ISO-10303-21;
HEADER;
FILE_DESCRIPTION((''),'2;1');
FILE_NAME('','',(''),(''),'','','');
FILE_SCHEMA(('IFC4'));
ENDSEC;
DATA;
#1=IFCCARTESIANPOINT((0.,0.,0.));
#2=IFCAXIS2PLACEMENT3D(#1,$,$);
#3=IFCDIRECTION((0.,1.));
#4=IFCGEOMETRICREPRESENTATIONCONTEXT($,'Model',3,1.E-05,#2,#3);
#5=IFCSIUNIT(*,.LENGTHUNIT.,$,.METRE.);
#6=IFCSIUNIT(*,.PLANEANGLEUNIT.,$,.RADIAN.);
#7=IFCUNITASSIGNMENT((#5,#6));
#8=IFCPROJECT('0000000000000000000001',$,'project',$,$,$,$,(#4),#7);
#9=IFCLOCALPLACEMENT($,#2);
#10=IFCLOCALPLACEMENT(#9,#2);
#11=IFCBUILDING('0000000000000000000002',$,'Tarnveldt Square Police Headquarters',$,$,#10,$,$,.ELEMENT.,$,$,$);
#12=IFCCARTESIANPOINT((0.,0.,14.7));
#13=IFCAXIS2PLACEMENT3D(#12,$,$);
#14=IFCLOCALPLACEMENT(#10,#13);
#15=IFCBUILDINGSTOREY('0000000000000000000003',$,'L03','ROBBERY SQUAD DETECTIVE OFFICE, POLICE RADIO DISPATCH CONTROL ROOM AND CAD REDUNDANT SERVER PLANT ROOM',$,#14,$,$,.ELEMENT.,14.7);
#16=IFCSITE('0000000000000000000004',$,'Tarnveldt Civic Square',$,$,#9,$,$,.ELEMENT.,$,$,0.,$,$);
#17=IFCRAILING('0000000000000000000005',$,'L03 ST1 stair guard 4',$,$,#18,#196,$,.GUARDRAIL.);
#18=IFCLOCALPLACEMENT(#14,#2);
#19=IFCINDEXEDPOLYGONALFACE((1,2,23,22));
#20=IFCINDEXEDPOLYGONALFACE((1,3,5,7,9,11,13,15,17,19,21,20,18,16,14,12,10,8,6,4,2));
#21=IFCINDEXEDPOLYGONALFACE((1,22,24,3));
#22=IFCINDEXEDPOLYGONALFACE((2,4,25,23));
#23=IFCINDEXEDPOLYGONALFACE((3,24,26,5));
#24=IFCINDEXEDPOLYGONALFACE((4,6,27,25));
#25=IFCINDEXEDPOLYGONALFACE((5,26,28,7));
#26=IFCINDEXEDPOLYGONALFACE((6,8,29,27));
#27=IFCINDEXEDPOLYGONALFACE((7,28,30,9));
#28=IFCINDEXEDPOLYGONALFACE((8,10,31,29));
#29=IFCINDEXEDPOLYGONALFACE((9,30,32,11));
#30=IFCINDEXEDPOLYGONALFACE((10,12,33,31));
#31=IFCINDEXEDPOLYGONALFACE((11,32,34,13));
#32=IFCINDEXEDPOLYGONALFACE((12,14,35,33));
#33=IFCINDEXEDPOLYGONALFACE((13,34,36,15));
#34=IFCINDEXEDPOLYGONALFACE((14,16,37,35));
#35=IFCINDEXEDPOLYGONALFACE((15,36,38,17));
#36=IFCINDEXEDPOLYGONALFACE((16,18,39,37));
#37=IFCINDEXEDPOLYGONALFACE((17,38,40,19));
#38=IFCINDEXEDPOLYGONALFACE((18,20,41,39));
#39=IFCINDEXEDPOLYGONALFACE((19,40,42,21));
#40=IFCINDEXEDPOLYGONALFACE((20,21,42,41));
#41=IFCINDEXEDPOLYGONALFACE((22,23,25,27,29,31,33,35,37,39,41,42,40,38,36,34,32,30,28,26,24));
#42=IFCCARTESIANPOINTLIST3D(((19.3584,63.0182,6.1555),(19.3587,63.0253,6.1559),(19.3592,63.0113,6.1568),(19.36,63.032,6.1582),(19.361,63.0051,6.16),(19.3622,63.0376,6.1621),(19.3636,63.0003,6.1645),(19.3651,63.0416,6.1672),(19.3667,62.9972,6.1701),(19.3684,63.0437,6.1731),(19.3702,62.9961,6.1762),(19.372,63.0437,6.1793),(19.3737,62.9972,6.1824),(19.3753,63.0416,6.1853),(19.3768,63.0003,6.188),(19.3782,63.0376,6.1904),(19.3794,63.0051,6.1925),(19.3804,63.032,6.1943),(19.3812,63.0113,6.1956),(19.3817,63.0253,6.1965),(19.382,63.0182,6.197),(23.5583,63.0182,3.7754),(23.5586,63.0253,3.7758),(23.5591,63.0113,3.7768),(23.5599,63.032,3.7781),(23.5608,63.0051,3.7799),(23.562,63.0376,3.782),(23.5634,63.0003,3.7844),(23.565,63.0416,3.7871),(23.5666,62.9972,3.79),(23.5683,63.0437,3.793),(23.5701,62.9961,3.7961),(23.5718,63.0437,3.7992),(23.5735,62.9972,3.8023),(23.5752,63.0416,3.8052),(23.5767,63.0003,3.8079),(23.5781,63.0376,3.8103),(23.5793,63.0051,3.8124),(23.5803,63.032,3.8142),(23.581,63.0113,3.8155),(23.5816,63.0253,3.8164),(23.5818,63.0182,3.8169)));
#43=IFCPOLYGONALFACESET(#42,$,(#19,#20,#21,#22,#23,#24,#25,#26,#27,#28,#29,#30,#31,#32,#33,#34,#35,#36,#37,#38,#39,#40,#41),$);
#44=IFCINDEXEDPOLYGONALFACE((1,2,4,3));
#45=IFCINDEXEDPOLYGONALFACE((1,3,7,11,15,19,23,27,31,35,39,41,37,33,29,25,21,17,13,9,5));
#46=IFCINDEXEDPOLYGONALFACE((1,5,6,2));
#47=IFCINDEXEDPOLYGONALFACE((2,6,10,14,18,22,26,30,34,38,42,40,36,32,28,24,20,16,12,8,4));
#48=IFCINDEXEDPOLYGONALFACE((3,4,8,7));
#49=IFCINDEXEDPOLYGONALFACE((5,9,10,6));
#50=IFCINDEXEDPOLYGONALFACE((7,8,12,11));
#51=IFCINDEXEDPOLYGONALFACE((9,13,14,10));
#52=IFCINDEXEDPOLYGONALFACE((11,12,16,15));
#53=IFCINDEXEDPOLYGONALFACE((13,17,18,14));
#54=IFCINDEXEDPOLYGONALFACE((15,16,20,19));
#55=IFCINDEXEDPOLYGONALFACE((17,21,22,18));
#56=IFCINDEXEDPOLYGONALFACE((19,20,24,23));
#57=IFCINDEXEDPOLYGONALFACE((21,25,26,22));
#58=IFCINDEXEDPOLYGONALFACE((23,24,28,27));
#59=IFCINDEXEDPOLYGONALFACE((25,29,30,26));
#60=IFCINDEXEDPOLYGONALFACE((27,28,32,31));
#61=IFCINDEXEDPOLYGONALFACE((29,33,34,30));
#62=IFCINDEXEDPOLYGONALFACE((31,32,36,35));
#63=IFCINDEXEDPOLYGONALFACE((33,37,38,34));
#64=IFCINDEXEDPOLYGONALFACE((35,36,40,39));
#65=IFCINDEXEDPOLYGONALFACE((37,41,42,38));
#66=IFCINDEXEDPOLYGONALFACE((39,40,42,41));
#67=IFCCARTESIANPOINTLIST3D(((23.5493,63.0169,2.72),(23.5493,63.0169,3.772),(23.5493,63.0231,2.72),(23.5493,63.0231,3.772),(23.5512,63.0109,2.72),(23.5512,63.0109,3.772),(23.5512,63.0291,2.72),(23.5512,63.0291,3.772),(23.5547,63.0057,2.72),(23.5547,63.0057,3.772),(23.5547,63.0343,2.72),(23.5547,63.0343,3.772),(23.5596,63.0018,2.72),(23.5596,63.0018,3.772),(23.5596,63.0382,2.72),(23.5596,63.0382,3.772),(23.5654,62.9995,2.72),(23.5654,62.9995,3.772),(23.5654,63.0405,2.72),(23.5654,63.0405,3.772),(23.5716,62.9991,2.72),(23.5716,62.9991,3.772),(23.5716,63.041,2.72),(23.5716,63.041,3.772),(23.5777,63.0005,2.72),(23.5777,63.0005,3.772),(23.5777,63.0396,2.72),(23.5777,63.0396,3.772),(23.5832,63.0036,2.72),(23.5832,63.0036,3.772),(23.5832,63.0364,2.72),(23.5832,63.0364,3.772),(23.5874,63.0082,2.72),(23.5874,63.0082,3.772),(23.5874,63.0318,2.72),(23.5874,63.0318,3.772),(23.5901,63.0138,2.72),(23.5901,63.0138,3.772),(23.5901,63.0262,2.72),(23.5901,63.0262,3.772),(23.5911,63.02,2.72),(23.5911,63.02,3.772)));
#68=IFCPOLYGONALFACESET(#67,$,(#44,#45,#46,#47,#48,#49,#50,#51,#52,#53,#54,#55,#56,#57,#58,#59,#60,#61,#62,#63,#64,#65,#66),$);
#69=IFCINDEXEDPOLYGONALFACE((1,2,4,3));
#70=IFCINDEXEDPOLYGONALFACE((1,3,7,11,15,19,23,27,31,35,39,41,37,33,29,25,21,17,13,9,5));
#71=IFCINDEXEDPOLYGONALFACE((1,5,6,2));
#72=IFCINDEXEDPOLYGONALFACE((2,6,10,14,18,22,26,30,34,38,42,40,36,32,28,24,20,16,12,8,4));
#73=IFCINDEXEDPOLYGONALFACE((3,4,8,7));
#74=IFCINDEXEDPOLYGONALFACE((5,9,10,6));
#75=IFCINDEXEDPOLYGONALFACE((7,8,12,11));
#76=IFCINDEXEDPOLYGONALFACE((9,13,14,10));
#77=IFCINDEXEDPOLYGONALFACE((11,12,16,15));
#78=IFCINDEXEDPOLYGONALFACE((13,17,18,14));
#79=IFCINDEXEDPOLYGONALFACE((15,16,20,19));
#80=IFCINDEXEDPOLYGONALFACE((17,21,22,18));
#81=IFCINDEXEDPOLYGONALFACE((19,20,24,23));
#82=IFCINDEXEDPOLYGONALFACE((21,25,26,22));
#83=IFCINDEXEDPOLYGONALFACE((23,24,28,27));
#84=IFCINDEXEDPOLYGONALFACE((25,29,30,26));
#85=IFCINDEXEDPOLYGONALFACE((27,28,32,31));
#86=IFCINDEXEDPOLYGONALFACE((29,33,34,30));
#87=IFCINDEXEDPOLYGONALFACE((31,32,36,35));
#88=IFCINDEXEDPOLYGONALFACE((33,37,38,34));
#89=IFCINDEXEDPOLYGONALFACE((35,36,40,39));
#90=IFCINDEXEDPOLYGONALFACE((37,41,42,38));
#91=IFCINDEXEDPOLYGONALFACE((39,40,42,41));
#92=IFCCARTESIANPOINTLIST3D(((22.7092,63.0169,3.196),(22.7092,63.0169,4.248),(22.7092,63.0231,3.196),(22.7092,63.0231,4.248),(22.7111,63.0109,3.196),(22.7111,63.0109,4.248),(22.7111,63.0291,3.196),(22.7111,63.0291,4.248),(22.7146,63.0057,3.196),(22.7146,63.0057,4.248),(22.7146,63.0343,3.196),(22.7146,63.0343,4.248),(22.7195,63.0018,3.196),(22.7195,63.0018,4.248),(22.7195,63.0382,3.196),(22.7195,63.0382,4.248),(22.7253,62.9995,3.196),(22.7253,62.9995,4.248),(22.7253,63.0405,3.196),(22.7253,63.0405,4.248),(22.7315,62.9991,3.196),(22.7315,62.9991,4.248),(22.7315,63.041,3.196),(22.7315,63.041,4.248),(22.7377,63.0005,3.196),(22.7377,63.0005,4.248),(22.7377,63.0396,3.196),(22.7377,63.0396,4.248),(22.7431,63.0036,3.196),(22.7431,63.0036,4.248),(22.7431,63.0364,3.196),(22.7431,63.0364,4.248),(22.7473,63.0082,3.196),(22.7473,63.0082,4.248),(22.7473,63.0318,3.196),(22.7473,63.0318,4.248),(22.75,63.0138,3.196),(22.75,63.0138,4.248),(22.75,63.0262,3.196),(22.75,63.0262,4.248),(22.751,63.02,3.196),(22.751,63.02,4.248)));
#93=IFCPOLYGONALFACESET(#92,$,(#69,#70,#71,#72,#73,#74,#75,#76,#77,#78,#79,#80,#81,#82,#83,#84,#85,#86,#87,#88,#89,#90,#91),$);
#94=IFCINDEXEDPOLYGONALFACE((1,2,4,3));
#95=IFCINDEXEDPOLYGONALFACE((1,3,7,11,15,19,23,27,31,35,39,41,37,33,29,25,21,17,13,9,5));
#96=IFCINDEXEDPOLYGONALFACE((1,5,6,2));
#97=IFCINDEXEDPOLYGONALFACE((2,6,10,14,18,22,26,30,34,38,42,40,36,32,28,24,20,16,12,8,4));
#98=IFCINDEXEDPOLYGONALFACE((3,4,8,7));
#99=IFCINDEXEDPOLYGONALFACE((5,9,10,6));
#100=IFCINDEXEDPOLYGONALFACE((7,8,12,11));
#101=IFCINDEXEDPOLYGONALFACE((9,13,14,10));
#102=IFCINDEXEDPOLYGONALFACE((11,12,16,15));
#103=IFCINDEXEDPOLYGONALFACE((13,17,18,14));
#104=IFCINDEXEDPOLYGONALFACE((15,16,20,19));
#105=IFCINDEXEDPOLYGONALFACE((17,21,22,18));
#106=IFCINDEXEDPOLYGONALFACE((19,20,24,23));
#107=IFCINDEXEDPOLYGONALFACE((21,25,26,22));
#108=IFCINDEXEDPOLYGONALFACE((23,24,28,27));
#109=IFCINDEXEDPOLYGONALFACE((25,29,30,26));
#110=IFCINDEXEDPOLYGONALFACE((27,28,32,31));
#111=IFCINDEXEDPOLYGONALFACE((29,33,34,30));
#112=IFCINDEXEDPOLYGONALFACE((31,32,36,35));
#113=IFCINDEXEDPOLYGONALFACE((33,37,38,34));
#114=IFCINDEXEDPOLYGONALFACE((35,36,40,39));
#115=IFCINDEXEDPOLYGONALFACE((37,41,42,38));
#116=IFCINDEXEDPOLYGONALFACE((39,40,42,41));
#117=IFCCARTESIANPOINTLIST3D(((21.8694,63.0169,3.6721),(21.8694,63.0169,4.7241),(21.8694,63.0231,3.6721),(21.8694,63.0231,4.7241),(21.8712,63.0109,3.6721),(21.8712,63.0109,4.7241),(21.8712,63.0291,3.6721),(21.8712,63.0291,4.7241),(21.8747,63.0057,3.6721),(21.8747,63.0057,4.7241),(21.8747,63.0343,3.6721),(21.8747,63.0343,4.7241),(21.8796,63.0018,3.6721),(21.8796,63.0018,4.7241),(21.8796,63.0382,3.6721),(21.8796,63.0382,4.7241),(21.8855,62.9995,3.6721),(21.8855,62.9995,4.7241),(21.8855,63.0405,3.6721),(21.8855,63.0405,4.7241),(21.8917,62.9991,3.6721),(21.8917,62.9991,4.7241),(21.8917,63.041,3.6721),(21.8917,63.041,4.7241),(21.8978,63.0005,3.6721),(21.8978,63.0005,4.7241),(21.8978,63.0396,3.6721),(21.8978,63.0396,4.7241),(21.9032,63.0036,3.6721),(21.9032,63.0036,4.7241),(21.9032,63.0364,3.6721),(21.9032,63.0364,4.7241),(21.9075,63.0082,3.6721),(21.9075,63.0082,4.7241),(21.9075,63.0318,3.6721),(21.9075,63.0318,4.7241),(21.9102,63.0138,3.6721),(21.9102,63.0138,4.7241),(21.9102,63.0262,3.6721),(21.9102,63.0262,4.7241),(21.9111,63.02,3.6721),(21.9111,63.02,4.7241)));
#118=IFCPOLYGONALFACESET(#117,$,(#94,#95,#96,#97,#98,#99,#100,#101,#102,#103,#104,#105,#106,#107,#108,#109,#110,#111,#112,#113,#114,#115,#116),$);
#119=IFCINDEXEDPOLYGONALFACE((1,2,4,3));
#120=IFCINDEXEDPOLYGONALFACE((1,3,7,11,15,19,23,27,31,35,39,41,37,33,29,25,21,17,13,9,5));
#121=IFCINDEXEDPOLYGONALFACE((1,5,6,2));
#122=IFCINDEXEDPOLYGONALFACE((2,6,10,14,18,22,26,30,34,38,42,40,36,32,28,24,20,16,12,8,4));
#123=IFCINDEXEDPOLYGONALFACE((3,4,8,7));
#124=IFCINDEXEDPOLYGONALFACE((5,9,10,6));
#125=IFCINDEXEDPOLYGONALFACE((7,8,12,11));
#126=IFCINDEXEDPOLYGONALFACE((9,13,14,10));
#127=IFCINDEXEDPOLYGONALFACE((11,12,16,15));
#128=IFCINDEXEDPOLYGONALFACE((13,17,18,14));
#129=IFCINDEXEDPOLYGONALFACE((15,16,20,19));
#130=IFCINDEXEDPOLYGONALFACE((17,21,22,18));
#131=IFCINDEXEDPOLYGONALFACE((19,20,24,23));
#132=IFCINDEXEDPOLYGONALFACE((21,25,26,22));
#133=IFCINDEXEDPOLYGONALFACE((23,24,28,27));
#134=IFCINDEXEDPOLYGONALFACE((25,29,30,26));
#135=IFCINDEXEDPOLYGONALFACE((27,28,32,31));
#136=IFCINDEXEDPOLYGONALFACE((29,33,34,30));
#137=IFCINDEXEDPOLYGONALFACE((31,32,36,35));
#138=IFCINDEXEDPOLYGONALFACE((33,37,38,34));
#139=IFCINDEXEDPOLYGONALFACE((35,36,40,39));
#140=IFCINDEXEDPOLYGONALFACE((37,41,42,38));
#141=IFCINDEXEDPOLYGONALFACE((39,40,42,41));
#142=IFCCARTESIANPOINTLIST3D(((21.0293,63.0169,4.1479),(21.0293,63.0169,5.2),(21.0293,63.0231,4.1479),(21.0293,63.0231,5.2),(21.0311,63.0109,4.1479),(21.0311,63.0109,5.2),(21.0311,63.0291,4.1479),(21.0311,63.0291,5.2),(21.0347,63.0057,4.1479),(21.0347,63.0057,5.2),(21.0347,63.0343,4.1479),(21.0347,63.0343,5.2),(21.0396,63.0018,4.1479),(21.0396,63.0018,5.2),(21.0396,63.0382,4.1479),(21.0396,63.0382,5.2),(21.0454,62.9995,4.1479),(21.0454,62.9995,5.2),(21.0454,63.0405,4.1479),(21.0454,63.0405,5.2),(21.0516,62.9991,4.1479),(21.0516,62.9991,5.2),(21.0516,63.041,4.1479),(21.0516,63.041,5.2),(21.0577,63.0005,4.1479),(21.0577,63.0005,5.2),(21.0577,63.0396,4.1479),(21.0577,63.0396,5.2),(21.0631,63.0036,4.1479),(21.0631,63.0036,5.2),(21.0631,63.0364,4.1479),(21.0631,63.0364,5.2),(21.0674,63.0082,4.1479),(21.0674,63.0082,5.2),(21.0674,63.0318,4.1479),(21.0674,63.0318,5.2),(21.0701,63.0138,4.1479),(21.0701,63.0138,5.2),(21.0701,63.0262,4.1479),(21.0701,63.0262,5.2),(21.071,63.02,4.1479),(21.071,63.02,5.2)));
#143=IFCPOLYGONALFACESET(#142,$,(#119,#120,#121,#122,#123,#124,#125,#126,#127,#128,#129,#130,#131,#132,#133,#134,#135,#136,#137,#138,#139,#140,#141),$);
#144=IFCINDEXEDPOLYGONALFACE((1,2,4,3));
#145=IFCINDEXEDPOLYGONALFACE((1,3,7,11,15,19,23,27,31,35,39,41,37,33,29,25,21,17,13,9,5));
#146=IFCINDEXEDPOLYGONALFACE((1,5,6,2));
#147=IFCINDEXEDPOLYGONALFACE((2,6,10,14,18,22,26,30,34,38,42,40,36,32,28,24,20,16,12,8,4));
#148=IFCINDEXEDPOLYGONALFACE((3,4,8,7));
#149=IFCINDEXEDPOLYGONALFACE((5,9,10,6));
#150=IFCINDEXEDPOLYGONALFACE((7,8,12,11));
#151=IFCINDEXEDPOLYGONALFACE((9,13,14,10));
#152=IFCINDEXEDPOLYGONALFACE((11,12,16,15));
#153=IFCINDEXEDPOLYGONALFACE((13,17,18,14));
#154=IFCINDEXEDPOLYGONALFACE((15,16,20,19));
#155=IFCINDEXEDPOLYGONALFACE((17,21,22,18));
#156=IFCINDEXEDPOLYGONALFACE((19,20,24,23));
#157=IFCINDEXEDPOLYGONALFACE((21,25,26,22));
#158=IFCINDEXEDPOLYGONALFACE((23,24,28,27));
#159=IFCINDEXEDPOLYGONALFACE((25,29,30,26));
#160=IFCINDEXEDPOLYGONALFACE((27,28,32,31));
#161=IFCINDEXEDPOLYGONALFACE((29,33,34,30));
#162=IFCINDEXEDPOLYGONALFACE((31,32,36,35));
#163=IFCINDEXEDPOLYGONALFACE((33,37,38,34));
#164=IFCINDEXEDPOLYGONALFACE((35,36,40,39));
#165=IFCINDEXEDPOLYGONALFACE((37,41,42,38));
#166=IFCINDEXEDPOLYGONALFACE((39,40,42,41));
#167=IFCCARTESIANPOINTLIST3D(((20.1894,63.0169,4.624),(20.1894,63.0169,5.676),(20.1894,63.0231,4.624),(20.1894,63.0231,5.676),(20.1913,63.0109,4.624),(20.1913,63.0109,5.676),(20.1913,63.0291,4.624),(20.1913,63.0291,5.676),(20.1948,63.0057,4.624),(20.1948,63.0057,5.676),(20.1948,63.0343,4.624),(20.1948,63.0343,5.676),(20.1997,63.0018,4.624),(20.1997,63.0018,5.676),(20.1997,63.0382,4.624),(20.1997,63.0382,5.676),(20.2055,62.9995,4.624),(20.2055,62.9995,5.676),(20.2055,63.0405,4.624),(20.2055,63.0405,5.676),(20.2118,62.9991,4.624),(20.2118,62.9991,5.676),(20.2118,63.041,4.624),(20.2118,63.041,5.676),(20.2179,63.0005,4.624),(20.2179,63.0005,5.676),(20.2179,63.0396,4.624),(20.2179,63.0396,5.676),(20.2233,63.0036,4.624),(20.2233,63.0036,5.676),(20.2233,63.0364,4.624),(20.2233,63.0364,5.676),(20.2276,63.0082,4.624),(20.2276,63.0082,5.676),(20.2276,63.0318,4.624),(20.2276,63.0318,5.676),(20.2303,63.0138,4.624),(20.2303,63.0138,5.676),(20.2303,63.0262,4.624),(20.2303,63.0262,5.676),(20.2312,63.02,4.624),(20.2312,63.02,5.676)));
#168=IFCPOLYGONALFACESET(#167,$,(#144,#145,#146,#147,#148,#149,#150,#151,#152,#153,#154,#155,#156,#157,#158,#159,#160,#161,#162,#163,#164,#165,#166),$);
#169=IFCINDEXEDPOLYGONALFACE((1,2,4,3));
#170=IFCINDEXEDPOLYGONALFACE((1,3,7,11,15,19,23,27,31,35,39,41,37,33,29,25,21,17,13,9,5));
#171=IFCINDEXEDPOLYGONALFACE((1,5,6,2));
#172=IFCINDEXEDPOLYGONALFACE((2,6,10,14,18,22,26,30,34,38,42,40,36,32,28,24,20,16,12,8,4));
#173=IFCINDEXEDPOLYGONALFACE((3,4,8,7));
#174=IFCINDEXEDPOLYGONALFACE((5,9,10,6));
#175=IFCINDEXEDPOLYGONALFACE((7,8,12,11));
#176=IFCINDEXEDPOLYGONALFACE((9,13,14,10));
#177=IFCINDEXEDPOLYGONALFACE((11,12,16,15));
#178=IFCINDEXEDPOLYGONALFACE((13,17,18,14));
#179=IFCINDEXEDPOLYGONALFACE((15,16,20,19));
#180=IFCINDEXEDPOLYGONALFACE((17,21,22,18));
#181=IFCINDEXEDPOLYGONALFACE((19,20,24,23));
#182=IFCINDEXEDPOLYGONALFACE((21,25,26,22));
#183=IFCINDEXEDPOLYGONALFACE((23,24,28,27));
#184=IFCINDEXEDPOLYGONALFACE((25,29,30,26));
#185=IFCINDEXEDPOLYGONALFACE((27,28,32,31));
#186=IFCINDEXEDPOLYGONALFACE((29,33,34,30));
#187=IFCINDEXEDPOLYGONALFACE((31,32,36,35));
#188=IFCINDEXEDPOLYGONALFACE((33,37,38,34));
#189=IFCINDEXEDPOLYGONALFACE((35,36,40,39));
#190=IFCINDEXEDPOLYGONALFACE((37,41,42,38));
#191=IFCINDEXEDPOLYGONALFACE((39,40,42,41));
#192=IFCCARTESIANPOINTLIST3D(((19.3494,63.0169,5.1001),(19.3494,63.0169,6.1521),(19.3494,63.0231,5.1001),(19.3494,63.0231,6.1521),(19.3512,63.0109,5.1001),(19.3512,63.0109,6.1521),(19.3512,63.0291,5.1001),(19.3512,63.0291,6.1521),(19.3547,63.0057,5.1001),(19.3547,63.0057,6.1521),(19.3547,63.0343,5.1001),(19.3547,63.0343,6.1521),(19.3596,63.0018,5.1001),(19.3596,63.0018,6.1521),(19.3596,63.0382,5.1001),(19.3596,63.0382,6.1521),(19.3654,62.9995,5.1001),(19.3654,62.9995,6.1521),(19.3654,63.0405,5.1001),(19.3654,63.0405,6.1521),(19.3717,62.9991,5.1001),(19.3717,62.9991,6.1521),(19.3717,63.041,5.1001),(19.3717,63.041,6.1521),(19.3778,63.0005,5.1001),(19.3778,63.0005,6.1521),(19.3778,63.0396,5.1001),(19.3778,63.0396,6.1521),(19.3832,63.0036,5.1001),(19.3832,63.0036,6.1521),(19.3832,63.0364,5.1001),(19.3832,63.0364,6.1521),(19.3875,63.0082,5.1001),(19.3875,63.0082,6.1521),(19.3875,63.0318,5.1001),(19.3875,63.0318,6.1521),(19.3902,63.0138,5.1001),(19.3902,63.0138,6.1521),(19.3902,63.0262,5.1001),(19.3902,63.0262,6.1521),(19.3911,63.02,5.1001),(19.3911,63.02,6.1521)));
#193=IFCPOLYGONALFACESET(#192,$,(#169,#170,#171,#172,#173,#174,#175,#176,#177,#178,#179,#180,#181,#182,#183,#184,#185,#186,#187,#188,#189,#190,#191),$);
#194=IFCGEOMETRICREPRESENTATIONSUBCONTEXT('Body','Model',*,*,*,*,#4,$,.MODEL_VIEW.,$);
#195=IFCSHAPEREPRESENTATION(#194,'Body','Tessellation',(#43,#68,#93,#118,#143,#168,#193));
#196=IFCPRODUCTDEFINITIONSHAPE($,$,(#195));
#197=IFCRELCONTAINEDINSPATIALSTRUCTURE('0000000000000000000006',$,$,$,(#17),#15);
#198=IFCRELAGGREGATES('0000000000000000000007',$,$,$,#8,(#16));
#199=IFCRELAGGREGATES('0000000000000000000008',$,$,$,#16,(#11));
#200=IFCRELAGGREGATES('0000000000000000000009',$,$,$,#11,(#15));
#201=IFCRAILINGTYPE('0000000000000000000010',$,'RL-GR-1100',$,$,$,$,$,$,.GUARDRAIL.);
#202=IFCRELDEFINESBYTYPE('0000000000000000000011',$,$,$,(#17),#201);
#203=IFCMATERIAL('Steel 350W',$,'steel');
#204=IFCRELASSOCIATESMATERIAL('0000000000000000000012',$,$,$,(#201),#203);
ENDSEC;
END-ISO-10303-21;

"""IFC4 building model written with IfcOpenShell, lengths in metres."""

from ifc_helpers import new_model, si_unit, direction, frame, origin, origin_2d, place, context, subcontext, project, spatial, circle, extrude, material, type_object, element, save


model = new_model("IFC4")

# Units and contexts
model_context = context("Model", 3, precision=1e-05, world=origin(), true_north=direction((0.0, 1.0)))
body_context = subcontext(model_context, "Body", "Model", "MODEL_VIEW")
ifc_project = project(units=[si_unit("LENGTHUNIT", "METRE"), si_unit("PLANEANGLEUNIT", "RADIAN")], contexts=[model_context])

# Site, building, storey
site_placement = place(None, origin())
site = spatial("IfcSite", under=ifc_project, at=site_placement, Name="Tarnveldt Civic Square", CompositionType="ELEMENT", RefElevation=0.0)
building_placement = place(site_placement, origin())
building = spatial("IfcBuilding", under=site, at=building_placement, Name="Tarnveldt Square Police Headquarters", CompositionType="ELEMENT")
storey_placement = place(building_placement, frame((0.0, 0.0, 14.7)))
storey = spatial("IfcBuildingStorey", under=building, at=storey_placement, Name="L03", Description="ROBBERY SQUAD DETECTIVE OFFICE, POLICE RADIO DISPATCH CONTROL ROOM AND CAD REDUNDANT SERVER PLANT ROOM", CompositionType="ELEMENT", Elevation=14.7)

# Shared definitions
ifc_material_1 = material(Name="Steel 350W", Category="steel")

# Railing
railing_type_1 = type_object("IfcRailingType", Name="RL-GR-1100", PredefinedType="GUARDRAIL", material=ifc_material_1)
railing_1_placement = place(storey_placement, frame((23.5701, 63.02, 2.72)))
element("IfcRailing", 1, at=railing_1_placement, inside=storey, type_object=railing_type_1, Name="L03 ST1 stair guard 4", PredefinedType="GUARDRAIL", context=body_context, shape_type="SweptSolid", body=[
    extrude(circle(Radius=0.0239, at=origin_2d()), frame((0.0, 0.0, 1.0762), z_axis=(-0.870008, 0.0, 0.493037), x_axis=(0.0, -1.0, 0.0)), (0.0, 0.0, 1.0), 4.8274),
    extrude(circle(Radius=0.021, at=origin_2d()), origin(), (0.0, 0.0, 1.0), 1.052),
    extrude(circle(Radius=0.021, at=origin_2d()), frame((-0.8401, 0.0, 0.4761)), (0.0, 0.0, 1.0), 1.052),
    extrude(circle(Radius=0.021, at=origin_2d()), frame((-1.6799, 0.0, 0.9521)), (0.0, 0.0, 1.0), 1.052),
    extrude(circle(Radius=0.021, at=origin_2d()), frame((-2.52, 0.0, 1.428)), (0.0, 0.0, 1.0), 1.052),
    extrude(circle(Radius=0.021, at=origin_2d()), frame((-3.3599, 0.0, 1.9041)), (0.0, 0.0, 1.0), 1.052),
    extrude(circle(Radius=0.021, at=origin_2d()), frame((-4.2, 0.0, 2.3801)), (0.0, 0.0, 1.0), 1.052),
])

save(model, "model.ifc")
